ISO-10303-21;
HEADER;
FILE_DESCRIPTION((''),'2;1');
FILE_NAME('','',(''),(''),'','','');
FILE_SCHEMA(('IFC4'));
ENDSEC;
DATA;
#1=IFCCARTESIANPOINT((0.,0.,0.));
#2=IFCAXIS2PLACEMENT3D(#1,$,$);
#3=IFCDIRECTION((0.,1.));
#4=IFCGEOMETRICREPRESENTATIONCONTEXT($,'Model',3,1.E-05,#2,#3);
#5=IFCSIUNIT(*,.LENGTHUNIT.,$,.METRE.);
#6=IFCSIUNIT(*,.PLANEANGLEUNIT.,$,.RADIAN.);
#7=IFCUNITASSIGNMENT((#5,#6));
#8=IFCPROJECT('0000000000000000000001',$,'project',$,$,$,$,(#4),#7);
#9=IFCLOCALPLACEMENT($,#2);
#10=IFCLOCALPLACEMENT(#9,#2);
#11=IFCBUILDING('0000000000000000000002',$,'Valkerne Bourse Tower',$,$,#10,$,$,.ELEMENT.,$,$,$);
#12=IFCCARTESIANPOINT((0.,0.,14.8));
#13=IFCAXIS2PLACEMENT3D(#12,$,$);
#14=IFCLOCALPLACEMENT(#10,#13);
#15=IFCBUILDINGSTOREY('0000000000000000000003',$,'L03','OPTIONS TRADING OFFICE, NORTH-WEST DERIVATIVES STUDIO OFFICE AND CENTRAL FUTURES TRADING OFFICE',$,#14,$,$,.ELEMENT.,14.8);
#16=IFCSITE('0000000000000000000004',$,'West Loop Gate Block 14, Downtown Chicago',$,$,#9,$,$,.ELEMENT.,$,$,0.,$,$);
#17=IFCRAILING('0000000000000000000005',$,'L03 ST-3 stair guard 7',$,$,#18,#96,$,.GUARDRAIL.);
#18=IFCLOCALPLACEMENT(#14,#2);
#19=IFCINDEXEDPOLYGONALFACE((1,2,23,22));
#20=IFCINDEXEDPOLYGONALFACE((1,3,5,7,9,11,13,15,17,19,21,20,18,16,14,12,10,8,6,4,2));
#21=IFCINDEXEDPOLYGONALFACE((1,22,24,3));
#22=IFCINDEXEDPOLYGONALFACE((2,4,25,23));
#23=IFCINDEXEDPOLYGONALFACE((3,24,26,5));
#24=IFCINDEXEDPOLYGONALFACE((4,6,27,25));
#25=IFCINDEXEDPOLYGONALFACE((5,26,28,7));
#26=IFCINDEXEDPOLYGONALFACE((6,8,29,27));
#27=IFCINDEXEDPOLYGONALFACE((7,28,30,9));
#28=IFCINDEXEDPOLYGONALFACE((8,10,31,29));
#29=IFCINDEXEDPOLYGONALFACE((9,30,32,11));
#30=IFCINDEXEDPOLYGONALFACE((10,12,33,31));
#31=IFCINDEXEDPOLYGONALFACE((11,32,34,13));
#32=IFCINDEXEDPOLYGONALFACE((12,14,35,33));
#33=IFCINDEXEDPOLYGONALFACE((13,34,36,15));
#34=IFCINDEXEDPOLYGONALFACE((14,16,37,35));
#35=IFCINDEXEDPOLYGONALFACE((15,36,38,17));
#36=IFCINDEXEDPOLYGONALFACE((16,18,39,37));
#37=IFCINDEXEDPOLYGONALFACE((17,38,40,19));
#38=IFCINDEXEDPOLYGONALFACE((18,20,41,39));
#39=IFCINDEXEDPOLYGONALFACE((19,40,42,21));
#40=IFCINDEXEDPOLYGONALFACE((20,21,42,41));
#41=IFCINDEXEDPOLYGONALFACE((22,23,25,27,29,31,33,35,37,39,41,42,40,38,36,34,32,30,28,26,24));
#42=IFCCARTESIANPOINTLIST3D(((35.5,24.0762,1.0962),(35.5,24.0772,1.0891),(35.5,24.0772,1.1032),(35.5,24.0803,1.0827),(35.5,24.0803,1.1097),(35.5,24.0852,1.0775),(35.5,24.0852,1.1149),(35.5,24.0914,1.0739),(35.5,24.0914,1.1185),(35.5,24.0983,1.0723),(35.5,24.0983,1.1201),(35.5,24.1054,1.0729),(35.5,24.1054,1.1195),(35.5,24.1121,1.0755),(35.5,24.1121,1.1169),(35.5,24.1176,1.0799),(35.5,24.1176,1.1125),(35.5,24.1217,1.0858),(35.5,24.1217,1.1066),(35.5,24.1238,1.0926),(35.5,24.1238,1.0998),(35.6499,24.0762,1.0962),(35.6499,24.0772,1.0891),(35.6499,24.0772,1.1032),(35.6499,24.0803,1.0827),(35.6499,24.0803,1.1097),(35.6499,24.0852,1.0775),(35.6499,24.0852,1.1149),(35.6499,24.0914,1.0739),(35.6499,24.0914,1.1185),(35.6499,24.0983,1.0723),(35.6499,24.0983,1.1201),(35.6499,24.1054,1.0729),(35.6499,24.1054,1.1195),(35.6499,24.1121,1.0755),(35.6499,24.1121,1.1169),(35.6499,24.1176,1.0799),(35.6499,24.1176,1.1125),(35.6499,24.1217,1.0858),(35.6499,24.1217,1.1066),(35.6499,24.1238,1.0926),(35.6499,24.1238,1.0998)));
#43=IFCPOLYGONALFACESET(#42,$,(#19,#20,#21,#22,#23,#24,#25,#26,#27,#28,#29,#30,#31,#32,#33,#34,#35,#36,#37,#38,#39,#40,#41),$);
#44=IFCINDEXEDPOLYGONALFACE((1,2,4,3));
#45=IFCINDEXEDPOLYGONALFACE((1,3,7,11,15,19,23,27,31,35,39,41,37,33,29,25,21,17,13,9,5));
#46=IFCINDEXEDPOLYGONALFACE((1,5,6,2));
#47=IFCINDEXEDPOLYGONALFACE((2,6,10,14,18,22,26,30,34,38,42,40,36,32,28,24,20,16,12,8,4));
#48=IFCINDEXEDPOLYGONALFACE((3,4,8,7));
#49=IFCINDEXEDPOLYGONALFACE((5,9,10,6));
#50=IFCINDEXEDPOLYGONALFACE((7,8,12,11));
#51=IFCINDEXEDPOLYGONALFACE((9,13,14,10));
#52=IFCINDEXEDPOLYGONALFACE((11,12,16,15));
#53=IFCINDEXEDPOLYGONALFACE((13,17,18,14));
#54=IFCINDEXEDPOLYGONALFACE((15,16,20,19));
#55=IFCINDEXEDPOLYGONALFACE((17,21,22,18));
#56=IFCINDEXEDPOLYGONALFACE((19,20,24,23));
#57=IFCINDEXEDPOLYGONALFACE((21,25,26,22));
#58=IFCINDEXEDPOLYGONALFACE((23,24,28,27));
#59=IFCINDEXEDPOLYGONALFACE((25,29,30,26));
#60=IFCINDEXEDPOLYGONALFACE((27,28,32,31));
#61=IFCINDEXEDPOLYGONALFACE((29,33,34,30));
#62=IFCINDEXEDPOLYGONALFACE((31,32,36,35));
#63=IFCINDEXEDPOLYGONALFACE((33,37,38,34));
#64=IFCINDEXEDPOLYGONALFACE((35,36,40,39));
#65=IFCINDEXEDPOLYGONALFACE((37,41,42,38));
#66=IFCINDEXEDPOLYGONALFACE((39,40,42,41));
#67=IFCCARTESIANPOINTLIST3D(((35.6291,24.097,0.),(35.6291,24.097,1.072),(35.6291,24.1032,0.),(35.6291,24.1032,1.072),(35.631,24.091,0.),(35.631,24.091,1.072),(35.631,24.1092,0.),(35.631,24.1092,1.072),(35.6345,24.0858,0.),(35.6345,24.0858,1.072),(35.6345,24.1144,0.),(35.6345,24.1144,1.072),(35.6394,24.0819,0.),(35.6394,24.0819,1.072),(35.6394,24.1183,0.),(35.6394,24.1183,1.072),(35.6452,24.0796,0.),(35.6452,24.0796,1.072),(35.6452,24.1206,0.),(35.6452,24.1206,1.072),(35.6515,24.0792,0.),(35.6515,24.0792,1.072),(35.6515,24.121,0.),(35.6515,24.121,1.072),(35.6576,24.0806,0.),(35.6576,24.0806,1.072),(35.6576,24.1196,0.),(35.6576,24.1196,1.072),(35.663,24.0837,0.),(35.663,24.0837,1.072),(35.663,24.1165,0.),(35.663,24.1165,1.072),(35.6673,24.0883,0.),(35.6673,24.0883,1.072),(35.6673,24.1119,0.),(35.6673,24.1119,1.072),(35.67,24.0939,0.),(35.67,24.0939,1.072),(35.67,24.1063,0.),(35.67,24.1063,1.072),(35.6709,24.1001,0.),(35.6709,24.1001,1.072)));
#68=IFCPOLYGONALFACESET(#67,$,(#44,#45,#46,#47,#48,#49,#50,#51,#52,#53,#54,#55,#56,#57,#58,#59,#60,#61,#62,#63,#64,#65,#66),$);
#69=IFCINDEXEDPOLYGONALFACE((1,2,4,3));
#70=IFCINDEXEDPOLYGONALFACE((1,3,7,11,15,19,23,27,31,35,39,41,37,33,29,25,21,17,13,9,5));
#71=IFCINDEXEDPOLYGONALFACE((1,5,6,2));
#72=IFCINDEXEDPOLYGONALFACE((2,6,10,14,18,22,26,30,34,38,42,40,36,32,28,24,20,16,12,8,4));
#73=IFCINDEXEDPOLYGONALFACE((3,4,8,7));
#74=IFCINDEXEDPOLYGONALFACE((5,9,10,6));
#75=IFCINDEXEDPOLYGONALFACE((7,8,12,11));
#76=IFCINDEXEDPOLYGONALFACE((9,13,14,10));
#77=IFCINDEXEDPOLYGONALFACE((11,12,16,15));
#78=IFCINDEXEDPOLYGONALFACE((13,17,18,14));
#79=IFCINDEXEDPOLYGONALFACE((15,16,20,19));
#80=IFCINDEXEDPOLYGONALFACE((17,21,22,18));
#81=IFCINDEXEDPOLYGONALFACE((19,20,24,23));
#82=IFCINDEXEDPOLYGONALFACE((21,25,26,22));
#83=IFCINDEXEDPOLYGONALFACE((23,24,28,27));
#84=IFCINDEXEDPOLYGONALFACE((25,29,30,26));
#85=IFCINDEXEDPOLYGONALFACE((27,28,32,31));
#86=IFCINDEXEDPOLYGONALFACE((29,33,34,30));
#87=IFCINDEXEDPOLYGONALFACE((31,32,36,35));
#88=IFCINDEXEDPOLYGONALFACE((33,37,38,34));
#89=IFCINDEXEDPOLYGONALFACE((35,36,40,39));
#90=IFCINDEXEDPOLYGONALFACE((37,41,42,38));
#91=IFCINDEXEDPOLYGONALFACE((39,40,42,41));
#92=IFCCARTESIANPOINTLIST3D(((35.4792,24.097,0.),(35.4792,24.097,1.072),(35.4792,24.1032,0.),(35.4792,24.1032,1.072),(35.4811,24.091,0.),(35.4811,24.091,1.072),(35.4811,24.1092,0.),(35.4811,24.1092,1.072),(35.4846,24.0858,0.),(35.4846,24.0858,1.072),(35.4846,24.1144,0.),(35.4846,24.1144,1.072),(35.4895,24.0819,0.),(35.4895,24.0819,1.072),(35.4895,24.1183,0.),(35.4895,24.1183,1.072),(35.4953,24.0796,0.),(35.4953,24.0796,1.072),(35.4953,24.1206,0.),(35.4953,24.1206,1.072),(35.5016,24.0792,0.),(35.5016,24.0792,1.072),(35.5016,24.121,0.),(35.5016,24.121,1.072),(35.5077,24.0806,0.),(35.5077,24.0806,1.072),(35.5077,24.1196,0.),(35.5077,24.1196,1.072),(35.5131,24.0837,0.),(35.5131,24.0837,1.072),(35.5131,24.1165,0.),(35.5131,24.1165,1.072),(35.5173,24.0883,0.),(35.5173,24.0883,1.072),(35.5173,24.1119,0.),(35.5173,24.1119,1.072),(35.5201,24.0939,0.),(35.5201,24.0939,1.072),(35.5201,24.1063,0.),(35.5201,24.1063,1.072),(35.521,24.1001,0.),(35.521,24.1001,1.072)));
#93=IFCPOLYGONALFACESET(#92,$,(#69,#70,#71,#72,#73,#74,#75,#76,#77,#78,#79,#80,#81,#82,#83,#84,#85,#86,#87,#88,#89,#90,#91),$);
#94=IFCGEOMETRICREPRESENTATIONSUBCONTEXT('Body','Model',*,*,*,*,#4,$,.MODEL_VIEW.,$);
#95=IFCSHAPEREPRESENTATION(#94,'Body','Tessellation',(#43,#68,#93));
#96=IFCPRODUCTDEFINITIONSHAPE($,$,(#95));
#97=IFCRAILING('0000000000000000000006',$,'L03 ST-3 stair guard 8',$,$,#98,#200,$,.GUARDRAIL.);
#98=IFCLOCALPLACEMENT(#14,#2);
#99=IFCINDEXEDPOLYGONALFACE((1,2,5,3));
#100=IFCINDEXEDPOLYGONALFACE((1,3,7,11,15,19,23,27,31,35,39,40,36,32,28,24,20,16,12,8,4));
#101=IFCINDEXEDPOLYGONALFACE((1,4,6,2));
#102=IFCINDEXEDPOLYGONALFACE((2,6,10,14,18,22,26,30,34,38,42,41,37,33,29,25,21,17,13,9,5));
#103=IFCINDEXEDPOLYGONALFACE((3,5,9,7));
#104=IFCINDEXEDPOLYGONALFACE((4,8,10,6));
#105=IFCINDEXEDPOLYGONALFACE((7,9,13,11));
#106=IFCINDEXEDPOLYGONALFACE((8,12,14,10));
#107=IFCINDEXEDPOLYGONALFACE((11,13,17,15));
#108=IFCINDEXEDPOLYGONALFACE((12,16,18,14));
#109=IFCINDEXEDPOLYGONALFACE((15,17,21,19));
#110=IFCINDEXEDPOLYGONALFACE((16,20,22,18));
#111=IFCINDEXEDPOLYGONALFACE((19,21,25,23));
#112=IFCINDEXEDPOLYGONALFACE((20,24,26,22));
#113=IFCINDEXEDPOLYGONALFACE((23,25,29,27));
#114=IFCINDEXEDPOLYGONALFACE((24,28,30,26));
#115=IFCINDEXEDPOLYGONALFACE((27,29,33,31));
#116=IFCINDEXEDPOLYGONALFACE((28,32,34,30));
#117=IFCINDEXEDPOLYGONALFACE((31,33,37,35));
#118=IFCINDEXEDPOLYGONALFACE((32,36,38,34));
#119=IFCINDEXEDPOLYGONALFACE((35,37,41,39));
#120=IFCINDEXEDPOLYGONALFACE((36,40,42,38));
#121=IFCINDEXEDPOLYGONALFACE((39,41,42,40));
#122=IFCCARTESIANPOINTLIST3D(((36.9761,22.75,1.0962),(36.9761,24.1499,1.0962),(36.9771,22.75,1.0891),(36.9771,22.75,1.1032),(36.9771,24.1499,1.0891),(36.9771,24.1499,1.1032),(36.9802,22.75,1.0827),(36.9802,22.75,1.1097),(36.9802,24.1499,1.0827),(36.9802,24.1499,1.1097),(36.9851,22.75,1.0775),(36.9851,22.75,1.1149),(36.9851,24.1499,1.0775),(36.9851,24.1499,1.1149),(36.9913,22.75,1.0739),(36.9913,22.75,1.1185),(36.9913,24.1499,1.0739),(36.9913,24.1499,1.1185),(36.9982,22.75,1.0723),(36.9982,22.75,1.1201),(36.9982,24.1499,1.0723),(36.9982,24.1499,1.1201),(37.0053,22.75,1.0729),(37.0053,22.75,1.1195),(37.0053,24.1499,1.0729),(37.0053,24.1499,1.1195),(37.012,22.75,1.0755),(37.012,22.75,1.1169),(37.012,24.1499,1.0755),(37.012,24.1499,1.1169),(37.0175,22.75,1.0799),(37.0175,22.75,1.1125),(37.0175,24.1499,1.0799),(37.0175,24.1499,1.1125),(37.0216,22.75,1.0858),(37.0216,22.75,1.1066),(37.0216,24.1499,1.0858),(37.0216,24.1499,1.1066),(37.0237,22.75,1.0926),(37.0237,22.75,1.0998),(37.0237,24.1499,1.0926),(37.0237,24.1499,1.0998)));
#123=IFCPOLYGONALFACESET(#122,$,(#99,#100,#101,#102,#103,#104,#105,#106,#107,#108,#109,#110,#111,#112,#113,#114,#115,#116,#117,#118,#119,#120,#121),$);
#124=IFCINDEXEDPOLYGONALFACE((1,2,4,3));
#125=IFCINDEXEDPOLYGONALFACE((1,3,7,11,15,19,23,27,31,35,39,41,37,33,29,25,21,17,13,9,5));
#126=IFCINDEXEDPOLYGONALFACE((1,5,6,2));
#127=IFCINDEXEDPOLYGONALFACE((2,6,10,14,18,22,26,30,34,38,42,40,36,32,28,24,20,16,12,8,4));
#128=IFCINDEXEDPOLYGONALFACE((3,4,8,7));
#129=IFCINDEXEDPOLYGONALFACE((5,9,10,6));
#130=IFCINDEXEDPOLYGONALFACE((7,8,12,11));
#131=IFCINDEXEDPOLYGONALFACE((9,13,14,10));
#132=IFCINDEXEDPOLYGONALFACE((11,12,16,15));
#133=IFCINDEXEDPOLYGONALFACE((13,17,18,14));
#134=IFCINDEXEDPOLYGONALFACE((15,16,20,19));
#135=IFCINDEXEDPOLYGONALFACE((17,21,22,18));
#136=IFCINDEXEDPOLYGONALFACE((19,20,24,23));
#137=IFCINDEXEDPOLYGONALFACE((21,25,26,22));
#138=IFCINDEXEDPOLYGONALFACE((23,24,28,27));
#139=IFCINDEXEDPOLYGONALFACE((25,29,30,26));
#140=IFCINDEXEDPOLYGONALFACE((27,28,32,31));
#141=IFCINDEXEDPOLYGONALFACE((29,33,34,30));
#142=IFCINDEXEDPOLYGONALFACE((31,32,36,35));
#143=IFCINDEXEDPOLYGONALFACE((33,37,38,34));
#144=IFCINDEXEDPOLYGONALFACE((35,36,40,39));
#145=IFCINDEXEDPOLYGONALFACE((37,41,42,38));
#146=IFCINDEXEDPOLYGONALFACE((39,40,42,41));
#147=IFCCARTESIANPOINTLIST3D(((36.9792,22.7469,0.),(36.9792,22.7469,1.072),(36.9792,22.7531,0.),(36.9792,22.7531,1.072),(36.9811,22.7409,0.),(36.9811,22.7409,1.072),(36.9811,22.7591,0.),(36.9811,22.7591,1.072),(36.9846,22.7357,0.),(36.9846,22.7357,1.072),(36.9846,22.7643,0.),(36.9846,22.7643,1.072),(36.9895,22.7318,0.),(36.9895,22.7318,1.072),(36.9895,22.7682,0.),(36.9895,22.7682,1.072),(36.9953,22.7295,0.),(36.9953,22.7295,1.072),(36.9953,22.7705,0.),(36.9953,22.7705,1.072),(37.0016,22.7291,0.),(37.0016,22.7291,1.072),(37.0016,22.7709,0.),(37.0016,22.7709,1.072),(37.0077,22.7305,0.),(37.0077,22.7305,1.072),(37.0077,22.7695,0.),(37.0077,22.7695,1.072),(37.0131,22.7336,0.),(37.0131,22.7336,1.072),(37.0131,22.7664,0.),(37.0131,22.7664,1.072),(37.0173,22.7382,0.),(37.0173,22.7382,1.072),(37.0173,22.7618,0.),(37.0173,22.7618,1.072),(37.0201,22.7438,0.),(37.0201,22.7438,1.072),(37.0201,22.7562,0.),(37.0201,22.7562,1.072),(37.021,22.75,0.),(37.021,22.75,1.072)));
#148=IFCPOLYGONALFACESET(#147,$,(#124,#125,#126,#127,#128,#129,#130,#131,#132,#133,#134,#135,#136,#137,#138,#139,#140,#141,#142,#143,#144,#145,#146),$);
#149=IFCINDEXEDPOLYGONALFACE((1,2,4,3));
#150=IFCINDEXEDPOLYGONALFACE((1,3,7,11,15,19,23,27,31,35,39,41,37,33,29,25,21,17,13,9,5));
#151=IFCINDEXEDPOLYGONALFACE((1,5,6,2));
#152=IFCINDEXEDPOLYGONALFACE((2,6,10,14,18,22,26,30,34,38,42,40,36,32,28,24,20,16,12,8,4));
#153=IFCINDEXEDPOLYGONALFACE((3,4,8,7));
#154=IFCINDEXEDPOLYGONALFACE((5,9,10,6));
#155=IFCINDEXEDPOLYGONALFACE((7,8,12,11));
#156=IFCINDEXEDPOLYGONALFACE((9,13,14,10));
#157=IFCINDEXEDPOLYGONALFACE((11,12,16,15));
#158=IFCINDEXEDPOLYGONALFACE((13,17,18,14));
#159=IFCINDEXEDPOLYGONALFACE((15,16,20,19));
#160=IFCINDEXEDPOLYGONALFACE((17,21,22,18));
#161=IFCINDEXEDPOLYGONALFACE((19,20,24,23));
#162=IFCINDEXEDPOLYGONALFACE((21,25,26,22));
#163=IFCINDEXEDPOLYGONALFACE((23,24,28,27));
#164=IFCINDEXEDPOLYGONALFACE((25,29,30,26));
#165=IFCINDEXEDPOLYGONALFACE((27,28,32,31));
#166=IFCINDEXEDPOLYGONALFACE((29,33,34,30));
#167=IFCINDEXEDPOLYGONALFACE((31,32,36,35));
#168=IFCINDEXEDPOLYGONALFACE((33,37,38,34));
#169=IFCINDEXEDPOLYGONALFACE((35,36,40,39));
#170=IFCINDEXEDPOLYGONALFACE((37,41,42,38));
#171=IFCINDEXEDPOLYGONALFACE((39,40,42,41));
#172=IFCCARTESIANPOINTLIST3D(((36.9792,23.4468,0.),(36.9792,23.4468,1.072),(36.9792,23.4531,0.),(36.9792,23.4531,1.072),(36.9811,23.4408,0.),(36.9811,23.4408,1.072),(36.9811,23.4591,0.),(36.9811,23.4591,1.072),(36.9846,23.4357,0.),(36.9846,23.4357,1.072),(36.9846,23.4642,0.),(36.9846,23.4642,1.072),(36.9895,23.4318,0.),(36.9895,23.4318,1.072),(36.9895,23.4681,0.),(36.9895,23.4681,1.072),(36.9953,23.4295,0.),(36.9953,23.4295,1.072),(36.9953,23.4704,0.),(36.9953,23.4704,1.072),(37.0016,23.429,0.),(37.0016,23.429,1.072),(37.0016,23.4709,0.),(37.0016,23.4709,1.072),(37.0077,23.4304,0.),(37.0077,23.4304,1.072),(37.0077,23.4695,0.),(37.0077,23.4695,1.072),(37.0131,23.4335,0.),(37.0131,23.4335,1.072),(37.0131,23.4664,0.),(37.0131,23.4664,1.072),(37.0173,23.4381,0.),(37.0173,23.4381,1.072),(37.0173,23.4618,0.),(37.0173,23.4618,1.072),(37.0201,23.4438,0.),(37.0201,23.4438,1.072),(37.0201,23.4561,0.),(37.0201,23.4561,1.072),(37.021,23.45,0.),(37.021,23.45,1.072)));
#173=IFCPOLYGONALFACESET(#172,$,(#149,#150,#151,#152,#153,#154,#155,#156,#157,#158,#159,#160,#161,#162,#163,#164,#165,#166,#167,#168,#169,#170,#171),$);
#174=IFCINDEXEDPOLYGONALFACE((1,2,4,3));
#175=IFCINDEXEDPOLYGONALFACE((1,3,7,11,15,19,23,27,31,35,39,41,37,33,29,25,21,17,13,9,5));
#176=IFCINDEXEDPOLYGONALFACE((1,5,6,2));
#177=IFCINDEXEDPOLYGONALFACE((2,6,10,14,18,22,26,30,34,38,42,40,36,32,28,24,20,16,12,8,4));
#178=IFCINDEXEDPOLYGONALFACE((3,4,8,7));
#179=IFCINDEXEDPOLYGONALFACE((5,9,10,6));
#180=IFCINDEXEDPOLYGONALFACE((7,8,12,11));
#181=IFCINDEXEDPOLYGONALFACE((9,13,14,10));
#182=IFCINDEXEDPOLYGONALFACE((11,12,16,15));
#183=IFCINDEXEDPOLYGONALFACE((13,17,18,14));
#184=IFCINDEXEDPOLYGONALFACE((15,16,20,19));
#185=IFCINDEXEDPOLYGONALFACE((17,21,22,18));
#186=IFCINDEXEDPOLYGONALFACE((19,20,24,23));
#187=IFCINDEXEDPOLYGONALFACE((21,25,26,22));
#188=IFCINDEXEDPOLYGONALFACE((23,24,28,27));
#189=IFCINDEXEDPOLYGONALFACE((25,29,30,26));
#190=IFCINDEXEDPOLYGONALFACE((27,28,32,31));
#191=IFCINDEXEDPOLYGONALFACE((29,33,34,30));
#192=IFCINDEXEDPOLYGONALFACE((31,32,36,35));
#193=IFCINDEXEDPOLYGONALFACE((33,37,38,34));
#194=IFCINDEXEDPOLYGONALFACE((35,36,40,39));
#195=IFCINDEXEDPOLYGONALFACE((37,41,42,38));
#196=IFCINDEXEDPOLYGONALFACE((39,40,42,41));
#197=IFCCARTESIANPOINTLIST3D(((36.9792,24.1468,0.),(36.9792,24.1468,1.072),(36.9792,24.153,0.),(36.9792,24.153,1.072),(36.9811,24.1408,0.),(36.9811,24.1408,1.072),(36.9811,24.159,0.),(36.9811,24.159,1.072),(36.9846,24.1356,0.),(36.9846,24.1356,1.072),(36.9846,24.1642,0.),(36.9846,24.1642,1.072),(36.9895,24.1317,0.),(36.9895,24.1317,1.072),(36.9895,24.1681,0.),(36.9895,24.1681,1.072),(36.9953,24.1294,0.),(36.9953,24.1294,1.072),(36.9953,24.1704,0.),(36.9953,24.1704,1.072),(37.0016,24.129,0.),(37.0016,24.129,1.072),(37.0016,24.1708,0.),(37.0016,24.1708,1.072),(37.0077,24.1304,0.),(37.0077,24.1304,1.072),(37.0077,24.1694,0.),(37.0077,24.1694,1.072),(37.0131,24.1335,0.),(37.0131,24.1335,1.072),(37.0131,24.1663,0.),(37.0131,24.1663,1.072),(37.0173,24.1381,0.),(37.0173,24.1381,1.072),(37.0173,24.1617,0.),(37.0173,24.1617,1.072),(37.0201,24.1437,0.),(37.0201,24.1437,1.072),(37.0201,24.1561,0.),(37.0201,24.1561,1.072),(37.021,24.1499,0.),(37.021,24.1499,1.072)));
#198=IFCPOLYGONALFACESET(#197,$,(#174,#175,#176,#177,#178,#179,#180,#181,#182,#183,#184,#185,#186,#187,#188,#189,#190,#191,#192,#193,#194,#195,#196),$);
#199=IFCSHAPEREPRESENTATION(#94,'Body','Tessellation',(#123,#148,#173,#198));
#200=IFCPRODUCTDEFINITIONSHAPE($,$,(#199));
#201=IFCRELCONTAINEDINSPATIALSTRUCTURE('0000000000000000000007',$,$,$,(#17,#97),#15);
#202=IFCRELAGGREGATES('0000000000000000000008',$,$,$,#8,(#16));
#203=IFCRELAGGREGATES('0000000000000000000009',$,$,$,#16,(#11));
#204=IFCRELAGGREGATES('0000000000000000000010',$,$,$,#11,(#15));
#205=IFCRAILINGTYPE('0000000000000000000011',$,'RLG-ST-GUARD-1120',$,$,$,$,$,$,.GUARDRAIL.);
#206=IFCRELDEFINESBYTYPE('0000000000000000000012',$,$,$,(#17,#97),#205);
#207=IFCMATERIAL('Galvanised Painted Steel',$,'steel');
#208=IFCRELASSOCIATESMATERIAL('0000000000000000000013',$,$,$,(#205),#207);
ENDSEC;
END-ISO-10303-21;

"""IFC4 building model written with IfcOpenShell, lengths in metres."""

from ifc_helpers import new_model, si_unit, direction, frame, origin, origin_2d, place, context, subcontext, project, spatial, circle, extrude, material, type_object, element, save


model = new_model("IFC4")

# Units and contexts
model_context = context("Model", 3, precision=1e-05, world=origin(), true_north=direction((0.0, 1.0)))
body_context = subcontext(model_context, "Body", "Model", "MODEL_VIEW")
ifc_project = project(units=[si_unit("LENGTHUNIT", "METRE"), si_unit("PLANEANGLEUNIT", "RADIAN")], contexts=[model_context])

# Site, building, storey
site_placement = place(None, origin())
site = spatial("IfcSite", under=ifc_project, at=site_placement, Name="West Loop Gate Block 14, Downtown Chicago", CompositionType="ELEMENT", RefElevation=0.0)
building_placement = place(site_placement, origin())
building = spatial("IfcBuilding", under=site, at=building_placement, Name="Valkerne Bourse Tower", CompositionType="ELEMENT")
storey_placement = place(building_placement, frame((0.0, 0.0, 14.8)))
storey = spatial("IfcBuildingStorey", under=building, at=storey_placement, Name="L03", Description="OPTIONS TRADING OFFICE, NORTH-WEST DERIVATIVES STUDIO OFFICE AND CENTRAL FUTURES TRADING OFFICE", CompositionType="ELEMENT", Elevation=14.8)

# Shared definitions
ifc_material_1 = material(Name="Galvanised Painted Steel", Category="steel")

# Railings
railing_type_1 = type_object("IfcRailingType", Name="RLG-ST-GUARD-1120", PredefinedType="GUARDRAIL", material=ifc_material_1)
railing_1_placement = place(storey_placement, frame((35.6499, 24.1001, 0.0)))
element("IfcRailing", 1, at=railing_1_placement, inside=storey, type_object=railing_type_1, Name="L03 ST-3 stair guard 7", PredefinedType="GUARDRAIL", context=body_context, shape_type="SweptSolid", body=[
    extrude(circle(Radius=0.0239, at=origin_2d()), frame((0.0, 0.0, 1.0962), z_axis=(-1.0, 0.0, 0.0), x_axis=(0.0, -1.0, 0.0)), (0.0, 0.0, 1.0), 0.1499),
    extrude(circle(Radius=0.021, at=origin_2d()), origin(), (0.0, 0.0, 1.0), 1.072),
    extrude(circle(Radius=0.021, at=origin_2d()), frame((-0.1499, 0.0, 0.0)), (0.0, 0.0, 1.0), 1.072),
])
for number, where, name in (
    (2, (37.0, 22.75, 0.0), "L03 ST-3 stair guard 8"),
):
    element("IfcRailing", number, at=place(storey_placement, frame(where)), inside=storey, type_object=railing_type_1, Name=name, PredefinedType="GUARDRAIL", context=body_context, shape_type="SweptSolid", body=[
        extrude(circle(Radius=0.0239, at=origin_2d()), frame((0.0, 0.0, 1.0962), z_axis=(0.0, 1.0, 0.0), x_axis=(-1.0, 0.0, 0.0)), (0.0, 0.0, 1.0), 1.3999),
        extrude(circle(Radius=0.021, at=origin_2d()), origin(), (0.0, 0.0, 1.0), 1.072),
        extrude(circle(Radius=0.021, at=origin_2d()), frame((0.0, 0.7, 0.0)), (0.0, 0.0, 1.0), 1.072),
        extrude(circle(Radius=0.021, at=origin_2d()), frame((0.0, 1.3999, 0.0)), (0.0, 0.0, 1.0), 1.072),
    ])

save(model, "model.ifc")
